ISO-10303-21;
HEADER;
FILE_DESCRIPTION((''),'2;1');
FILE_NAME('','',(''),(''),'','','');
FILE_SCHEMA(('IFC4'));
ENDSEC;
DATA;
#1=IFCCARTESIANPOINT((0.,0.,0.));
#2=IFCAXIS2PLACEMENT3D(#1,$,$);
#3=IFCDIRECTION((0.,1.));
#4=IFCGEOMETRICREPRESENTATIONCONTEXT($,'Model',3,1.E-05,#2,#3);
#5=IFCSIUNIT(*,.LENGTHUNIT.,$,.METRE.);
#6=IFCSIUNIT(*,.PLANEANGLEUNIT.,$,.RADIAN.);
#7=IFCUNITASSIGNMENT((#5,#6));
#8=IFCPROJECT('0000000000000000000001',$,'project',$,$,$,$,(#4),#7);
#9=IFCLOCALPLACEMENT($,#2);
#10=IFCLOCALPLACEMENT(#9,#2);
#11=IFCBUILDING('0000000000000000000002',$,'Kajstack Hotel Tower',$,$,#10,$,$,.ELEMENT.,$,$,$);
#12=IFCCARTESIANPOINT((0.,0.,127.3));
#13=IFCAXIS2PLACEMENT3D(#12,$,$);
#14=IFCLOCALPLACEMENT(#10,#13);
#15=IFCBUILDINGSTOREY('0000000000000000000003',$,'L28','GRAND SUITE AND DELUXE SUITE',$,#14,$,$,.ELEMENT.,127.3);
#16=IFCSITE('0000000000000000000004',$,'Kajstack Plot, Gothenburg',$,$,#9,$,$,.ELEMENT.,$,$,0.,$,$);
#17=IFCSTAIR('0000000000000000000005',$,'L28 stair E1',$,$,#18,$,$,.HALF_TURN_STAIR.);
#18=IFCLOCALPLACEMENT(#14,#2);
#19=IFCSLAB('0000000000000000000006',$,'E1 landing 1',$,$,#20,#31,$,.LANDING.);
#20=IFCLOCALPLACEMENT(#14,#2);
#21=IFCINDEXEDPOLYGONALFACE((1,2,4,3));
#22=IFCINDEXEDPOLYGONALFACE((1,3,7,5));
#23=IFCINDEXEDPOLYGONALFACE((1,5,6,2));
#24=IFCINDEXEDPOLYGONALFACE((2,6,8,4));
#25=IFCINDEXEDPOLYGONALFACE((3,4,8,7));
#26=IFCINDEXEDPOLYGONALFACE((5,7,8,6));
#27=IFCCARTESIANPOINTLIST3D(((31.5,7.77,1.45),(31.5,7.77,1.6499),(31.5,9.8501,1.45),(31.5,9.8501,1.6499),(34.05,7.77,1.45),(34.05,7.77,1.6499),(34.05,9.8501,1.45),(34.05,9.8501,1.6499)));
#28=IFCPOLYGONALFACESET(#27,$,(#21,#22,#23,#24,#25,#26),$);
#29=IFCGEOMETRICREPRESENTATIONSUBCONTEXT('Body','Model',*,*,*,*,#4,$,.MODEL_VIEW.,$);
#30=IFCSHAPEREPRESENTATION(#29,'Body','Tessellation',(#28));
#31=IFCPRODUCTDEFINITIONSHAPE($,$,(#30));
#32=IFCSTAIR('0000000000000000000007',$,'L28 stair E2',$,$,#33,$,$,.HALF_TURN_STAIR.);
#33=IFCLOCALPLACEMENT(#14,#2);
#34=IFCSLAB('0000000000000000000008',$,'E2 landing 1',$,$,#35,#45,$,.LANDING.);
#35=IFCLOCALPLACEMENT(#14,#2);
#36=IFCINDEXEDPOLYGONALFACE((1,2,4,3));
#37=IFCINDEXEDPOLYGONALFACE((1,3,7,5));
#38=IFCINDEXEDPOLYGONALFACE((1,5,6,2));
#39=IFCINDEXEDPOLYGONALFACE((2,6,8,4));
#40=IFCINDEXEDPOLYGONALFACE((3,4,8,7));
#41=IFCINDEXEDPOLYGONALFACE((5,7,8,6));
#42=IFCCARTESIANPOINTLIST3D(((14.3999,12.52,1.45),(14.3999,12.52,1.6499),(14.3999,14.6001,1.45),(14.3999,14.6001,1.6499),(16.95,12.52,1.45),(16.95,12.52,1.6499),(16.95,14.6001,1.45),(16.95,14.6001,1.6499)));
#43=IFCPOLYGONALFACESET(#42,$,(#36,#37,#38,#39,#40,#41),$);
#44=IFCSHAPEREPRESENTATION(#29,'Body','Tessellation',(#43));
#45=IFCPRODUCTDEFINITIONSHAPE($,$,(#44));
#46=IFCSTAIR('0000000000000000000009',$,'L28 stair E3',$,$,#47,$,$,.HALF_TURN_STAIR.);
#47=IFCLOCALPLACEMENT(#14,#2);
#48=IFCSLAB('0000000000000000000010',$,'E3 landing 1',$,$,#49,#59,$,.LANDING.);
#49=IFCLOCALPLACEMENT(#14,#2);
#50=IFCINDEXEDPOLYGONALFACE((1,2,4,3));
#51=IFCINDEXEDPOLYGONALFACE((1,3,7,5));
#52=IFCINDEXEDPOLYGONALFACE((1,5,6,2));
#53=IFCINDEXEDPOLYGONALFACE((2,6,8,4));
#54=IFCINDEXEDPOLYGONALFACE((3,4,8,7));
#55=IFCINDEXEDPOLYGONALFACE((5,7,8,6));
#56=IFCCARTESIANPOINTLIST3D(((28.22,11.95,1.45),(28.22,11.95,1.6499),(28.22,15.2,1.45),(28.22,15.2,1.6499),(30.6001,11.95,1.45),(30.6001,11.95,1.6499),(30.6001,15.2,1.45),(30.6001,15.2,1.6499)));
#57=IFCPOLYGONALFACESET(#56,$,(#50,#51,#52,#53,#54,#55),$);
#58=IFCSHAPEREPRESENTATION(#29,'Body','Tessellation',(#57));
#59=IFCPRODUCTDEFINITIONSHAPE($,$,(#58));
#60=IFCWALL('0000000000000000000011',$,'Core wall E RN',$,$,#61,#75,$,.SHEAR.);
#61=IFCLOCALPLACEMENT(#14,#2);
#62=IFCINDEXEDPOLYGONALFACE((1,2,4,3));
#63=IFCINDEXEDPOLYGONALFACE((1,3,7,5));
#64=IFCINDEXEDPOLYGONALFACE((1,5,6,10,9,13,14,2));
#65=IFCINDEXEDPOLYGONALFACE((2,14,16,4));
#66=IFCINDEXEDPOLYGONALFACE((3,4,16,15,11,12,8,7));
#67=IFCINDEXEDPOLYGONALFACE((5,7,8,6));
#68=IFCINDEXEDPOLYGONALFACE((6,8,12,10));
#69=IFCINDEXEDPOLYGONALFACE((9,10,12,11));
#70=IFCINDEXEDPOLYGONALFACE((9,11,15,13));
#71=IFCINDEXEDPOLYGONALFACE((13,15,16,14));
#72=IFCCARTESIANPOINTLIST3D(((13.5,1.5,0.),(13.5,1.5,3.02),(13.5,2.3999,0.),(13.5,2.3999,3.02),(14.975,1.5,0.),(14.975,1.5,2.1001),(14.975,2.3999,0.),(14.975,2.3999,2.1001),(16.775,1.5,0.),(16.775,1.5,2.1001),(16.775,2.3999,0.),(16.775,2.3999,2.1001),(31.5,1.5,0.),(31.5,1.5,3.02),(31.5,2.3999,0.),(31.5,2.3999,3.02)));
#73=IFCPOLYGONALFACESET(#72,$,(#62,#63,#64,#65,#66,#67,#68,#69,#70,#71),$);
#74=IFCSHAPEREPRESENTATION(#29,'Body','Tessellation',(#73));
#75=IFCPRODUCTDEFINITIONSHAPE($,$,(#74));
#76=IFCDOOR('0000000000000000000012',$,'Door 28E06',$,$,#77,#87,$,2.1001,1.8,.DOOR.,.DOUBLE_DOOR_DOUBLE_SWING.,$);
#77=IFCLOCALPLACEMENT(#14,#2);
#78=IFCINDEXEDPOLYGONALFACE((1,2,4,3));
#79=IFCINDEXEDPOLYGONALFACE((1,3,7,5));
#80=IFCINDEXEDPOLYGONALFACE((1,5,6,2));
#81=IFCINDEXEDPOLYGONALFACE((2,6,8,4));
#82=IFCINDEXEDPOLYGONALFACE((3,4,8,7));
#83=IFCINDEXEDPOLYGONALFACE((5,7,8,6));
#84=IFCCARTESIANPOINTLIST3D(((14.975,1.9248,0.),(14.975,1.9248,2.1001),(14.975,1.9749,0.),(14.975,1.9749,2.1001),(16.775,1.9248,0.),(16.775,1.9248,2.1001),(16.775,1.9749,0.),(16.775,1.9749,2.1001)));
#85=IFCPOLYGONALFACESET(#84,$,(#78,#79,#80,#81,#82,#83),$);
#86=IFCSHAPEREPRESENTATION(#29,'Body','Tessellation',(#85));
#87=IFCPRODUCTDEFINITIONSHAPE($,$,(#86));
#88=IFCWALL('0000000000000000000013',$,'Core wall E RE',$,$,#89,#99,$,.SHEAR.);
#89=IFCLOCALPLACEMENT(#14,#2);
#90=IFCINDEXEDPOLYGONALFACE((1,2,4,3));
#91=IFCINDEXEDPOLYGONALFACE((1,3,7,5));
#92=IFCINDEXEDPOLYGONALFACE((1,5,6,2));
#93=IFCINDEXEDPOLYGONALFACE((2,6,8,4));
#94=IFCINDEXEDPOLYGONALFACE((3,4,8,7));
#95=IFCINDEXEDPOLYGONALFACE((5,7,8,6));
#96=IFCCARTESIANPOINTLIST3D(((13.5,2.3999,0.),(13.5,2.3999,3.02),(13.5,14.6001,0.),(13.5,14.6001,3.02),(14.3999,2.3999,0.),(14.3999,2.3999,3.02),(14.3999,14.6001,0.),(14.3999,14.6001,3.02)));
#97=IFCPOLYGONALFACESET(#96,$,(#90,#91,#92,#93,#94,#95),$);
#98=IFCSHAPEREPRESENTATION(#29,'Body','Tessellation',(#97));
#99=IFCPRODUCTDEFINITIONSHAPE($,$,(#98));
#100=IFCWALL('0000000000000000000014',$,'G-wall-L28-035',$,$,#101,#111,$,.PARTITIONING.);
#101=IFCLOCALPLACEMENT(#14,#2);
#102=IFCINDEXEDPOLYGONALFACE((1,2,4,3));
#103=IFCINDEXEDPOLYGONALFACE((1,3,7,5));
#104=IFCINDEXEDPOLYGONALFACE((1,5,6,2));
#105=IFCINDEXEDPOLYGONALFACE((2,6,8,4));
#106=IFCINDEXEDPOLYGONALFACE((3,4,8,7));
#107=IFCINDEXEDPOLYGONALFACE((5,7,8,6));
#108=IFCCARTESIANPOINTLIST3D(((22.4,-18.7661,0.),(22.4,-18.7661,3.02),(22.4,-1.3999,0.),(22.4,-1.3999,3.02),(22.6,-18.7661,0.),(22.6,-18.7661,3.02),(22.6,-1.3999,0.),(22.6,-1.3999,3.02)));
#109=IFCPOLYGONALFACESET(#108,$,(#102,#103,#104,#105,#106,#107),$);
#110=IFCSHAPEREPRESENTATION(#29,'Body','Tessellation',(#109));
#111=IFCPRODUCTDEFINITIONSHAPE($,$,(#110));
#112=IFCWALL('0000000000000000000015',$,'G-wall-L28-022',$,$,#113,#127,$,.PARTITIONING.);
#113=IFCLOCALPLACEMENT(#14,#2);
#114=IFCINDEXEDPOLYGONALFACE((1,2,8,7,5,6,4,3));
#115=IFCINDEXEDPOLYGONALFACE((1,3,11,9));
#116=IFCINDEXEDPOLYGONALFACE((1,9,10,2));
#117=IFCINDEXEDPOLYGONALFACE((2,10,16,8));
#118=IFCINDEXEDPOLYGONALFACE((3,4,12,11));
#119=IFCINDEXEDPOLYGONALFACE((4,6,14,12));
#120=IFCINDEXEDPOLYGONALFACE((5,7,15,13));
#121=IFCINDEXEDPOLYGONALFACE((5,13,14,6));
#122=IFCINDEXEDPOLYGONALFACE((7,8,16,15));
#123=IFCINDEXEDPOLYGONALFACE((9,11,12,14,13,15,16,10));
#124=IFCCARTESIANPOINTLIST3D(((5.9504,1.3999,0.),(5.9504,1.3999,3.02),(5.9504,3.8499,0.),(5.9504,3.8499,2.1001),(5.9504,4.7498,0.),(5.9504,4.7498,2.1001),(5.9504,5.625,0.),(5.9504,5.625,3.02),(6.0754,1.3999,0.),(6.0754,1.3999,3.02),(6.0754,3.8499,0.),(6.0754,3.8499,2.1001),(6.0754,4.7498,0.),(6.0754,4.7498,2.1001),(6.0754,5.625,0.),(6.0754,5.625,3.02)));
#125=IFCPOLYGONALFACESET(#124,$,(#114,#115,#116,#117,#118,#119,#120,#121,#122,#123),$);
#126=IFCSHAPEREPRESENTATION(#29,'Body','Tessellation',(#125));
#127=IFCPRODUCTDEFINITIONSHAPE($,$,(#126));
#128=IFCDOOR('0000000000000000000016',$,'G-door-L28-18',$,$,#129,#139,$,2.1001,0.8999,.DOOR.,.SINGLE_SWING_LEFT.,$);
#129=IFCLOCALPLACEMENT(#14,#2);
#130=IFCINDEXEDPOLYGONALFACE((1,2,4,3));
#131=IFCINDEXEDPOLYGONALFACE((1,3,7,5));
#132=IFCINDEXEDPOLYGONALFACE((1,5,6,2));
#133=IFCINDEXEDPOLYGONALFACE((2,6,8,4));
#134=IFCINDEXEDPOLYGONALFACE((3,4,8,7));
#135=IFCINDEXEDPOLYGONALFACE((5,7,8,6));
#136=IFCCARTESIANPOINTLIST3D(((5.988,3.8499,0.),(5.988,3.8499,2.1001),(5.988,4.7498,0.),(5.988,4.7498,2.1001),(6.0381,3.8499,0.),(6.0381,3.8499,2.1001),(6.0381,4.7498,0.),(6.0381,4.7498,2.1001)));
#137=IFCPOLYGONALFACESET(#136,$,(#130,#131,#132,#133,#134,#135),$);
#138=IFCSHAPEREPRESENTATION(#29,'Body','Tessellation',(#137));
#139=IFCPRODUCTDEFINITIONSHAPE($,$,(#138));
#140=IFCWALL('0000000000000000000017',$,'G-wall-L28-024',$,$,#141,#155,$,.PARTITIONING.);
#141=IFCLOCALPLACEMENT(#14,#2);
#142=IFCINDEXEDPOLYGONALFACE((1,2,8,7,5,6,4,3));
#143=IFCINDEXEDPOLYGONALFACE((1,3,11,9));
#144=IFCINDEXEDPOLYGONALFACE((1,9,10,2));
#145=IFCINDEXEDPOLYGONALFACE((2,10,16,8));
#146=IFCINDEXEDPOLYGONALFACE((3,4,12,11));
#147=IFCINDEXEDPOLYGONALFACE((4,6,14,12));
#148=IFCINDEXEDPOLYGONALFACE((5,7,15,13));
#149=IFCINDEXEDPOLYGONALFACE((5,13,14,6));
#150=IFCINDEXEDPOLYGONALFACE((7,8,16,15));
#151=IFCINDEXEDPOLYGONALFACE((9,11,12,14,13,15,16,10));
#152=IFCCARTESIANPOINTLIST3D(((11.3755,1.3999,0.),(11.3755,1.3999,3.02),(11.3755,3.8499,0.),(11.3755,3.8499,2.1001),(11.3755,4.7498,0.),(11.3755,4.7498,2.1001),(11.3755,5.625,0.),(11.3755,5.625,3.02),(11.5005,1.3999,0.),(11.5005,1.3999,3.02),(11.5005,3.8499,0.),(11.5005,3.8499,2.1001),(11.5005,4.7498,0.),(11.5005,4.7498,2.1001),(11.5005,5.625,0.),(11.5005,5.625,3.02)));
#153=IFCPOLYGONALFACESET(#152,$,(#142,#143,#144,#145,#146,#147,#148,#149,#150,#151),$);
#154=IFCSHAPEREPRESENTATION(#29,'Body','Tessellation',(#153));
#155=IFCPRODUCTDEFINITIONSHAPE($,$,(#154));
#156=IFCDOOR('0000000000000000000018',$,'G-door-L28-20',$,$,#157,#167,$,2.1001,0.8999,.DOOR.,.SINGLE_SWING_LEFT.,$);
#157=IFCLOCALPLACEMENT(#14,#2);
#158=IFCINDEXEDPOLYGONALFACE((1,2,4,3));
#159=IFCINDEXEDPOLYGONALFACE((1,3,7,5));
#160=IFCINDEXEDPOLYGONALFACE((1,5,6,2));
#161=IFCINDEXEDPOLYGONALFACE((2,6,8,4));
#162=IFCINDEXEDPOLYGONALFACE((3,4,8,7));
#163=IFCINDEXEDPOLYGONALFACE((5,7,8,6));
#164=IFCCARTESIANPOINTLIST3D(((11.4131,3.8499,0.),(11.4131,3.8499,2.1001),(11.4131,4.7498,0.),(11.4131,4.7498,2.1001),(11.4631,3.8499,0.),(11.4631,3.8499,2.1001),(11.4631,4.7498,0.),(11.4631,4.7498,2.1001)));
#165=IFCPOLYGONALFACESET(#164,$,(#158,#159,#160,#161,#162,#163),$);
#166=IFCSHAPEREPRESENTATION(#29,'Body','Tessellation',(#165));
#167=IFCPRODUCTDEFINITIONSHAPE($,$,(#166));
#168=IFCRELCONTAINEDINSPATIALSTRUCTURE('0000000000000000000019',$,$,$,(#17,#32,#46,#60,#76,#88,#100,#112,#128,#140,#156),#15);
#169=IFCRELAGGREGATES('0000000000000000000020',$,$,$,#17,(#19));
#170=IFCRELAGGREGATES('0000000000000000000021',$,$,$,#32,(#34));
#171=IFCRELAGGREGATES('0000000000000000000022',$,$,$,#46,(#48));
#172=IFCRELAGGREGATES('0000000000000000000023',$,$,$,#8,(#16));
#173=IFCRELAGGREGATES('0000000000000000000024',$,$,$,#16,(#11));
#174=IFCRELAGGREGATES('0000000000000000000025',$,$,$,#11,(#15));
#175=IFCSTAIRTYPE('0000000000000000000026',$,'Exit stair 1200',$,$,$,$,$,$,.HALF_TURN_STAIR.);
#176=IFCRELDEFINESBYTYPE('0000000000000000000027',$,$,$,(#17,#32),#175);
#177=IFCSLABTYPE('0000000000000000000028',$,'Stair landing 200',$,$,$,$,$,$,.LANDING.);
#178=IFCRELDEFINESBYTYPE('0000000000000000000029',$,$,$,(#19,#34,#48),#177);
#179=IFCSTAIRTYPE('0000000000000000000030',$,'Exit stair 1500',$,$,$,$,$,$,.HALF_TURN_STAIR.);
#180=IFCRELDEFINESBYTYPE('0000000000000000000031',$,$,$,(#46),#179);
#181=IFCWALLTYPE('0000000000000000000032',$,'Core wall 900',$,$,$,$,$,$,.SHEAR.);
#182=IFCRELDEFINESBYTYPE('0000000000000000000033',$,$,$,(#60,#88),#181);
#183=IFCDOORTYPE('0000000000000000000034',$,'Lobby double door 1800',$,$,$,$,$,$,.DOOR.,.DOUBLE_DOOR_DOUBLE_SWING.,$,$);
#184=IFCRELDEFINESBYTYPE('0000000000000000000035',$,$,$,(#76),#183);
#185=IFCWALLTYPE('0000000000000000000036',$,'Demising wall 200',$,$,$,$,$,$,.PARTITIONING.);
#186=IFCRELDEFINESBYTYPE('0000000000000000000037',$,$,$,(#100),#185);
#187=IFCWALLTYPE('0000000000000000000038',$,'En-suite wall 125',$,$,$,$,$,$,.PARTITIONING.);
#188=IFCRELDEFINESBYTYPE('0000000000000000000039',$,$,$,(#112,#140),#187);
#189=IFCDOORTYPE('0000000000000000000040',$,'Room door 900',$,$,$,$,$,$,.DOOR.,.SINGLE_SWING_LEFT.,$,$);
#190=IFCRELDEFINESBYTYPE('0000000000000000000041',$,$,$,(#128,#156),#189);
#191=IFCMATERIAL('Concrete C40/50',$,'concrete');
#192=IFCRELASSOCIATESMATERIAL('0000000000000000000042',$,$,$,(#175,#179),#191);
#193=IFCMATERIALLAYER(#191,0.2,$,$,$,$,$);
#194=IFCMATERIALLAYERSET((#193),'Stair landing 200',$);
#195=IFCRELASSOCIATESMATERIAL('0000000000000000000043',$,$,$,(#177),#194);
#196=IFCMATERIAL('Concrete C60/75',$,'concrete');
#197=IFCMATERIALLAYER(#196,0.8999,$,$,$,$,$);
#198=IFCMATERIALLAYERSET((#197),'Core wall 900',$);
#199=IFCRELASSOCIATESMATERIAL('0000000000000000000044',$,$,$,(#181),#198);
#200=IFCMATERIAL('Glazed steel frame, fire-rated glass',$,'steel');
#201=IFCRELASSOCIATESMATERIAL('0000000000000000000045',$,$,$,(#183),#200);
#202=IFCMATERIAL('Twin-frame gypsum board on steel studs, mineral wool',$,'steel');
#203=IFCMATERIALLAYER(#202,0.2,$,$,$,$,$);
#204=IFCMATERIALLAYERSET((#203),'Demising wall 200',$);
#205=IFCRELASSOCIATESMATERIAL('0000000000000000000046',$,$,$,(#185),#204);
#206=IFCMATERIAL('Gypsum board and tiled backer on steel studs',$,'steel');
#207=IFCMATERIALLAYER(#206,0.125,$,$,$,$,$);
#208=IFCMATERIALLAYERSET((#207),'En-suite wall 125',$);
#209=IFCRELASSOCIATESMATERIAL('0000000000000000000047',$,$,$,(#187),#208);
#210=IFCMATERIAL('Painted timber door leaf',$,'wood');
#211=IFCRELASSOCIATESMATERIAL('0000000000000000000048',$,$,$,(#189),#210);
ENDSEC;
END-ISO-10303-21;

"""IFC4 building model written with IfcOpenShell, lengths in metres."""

from ifc_helpers import new_model, si_unit, direction, frame, frame_2d, origin, place, context, subcontext, project, spatial, polyline, rectangle, outline, extrude, material, layer, layer_set, type_object, element, fill, aggregate, save


model = new_model("IFC4")

# Units and contexts
model_context = context("Model", 3, precision=1e-05, world=origin(), true_north=direction((0.0, 1.0)))
body_context = subcontext(model_context, "Body", "Model", "MODEL_VIEW")
ifc_project = project(units=[si_unit("LENGTHUNIT", "METRE"), si_unit("PLANEANGLEUNIT", "RADIAN")], contexts=[model_context])

# Site, building, storey
site_placement = place(None, origin())
site = spatial("IfcSite", under=ifc_project, at=site_placement, Name="Kajstack Plot, Gothenburg", CompositionType="ELEMENT", RefElevation=0.0)
building_placement = place(site_placement, origin())
building = spatial("IfcBuilding", under=site, at=building_placement, Name="Kajstack Hotel Tower", CompositionType="ELEMENT")
storey_placement = place(building_placement, frame((0.0, 0.0, 127.3)))
storey = spatial("IfcBuildingStorey", under=building, at=storey_placement, Name="L28", Description="GRAND SUITE AND DELUXE SUITE", CompositionType="ELEMENT", Elevation=127.3)

# Stairs, slabs
ifc_material_1 = material(Name="Concrete C40/50", Category="concrete")
stair_type_1 = type_object("IfcStairType", Name="Exit stair 1200", PredefinedType="HALF_TURN_STAIR", material=ifc_material_1)
stair_1_placement = place(storey_placement, origin())
stair_1 = element("IfcStair", 1, at=stair_1_placement, inside=storey, type_object=stair_type_1, Name="L28 stair E1", PredefinedType="HALF_TURN_STAIR")
ifc_layer_1 = layer(ifc_material_1, 0.2)
ifc_layer_set_1 = layer_set([ifc_layer_1], Name="Stair landing 200")
slab_type = type_object("IfcSlabType", Name="Stair landing 200", PredefinedType="LANDING", material=ifc_layer_set_1)
slab_1_placement = place(storey_placement, frame((0.0, 0.0, 1.45)))
slab_1 = element("IfcSlab", 2, at=slab_1_placement, type_object=slab_type, Name="E1 landing 1", PredefinedType="LANDING", context=body_context, shape_type="SweptSolid", body=[
    extrude(outline(polyline([(34.05, 7.77), (34.05, 9.8501), (31.5, 9.8501), (31.5, 7.77), (34.05, 7.77)])), origin(), (0.0, 0.0, 1.0), 0.2),
])
aggregate(stair_1, [slab_1])
stair_2_placement = place(storey_placement, origin())
stair_2 = element("IfcStair", 3, at=stair_2_placement, inside=storey, type_object=stair_type_1, Name="L28 stair E2", PredefinedType="HALF_TURN_STAIR")
slab_2_placement = place(storey_placement, frame((0.0, 0.0, 1.45)))
slab_2 = element("IfcSlab", 4, at=slab_2_placement, type_object=slab_type, Name="E2 landing 1", PredefinedType="LANDING", context=body_context, shape_type="SweptSolid", body=[
    extrude(outline(polyline([(16.95, 12.52), (16.95, 14.6001), (14.3999, 14.6001), (14.3999, 12.52), (16.95, 12.52)])), origin(), (0.0, 0.0, 1.0), 0.2),
])
aggregate(stair_2, [slab_2])
stair_type_2 = type_object("IfcStairType", Name="Exit stair 1500", PredefinedType="HALF_TURN_STAIR", material=ifc_material_1)
stair_3_placement = place(storey_placement, origin())
stair_3 = element("IfcStair", 5, at=stair_3_placement, inside=storey, type_object=stair_type_2, Name="L28 stair E3", PredefinedType="HALF_TURN_STAIR")
slab_3_placement = place(storey_placement, frame((0.0, 0.0, 1.45)))
slab_3 = element("IfcSlab", 6, at=slab_3_placement, type_object=slab_type, Name="E3 landing 1", PredefinedType="LANDING", context=body_context, shape_type="SweptSolid", body=[
    extrude(outline(polyline([(28.22, 11.95), (30.6001, 11.95), (30.6001, 15.2), (28.22, 15.2), (28.22, 11.95)])), origin(), (0.0, 0.0, 1.0), 0.2),
])
aggregate(stair_3, [slab_3])

# Wall, opening, door
ifc_material_2 = material(Name="Concrete C60/75", Category="concrete")
ifc_layer_2 = layer(ifc_material_2, 0.8999)
ifc_layer_set_2 = layer_set([ifc_layer_2], Name="Core wall 900")
wall_type_1 = type_object("IfcWallType", Name="Core wall 900", PredefinedType="SHEAR", material=ifc_layer_set_2)
wall_1_placement = place(storey_placement, frame((13.5, 1.95, 0.0), z_axis=(0.0, 0.0, 1.0), x_axis=(1.0, 0.0, 0.0)))
wall_1 = element("IfcWall", 7, at=wall_1_placement, inside=storey, type_object=wall_type_1, Name="Core wall E RN", PredefinedType="SHEAR", context=body_context, shape_type="SweptSolid", body=[
    extrude(rectangle(XDim=18.0, YDim=0.8999, at=frame_2d((9.0, 0.0))), origin(), (0.0, 0.0, 1.0), 3.02),
])
opening_1_placement = place(wall_1_placement, frame((1.4751, 0.0, 0.0)))
opening_1 = element("IfcOpeningElement", 8, at=opening_1_placement, cuts=wall_1, PredefinedType="OPENING", context=body_context, shape_type="SweptSolid", body=[
    extrude(rectangle(XDim=1.8, YDim=2.1001, at=frame_2d((0.8999, 1.05))), frame((0.0, 0.46, 0.0), z_axis=(0.0, -1.0, 0.0), x_axis=(1.0, 0.0, 0.0)), (0.0, 0.0, 1.0), 0.9199),
])
ifc_material_3 = material(Name="Glazed steel frame, fire-rated glass", Category="steel")
door_type_1 = type_object("IfcDoorType", Name="Lobby double door 1800", OperationType="DOUBLE_DOOR_DOUBLE_SWING", PredefinedType="DOOR", material=ifc_material_3)
door_1_placement = place(opening_1_placement, origin())
door_1 = element("IfcDoor", 9, at=door_1_placement, inside=storey, type_object=door_type_1, Name="Door 28E06", OperationType="DOUBLE_DOOR_DOUBLE_SWING", OverallHeight=2.1001, OverallWidth=1.8, PredefinedType="DOOR", context=body_context, shape_type="SweptSolid", body=[
    extrude(rectangle(XDim=1.8, YDim=2.1001, at=frame_2d((0.8999, 1.05))), frame((0.0, 0.0249, 0.0), z_axis=(0.0, -1.0, 0.0), x_axis=(1.0, 0.0, 0.0)), (0.0, 0.0, 1.0), 0.05),
])
fill(opening_1, door_1)

# Walls
wall_2_placement = place(storey_placement, frame((13.95, 2.3999, 0.0), z_axis=(0.0, 0.0, 1.0), x_axis=(0.0, 1.0, 0.0)))
element("IfcWall", 10, at=wall_2_placement, inside=storey, type_object=wall_type_1, Name="Core wall E RE", PredefinedType="SHEAR", context=body_context, shape_type="SweptSolid", body=[
    extrude(rectangle(XDim=12.2002, YDim=0.8999, at=frame_2d((6.1001, 0.0))), origin(), (0.0, 0.0, 1.0), 3.02),
])
ifc_material_4 = material(Name="Twin-frame gypsum board on steel studs, mineral wool", Category="steel")
ifc_layer_3 = layer(ifc_material_4, 0.2)
ifc_layer_set_3 = layer_set([ifc_layer_3], Name="Demising wall 200")
wall_type_2 = type_object("IfcWallType", Name="Demising wall 200", PredefinedType="PARTITIONING", material=ifc_layer_set_3)
wall_3_placement = place(storey_placement, frame((22.5, -18.7661, 0.0), z_axis=(0.0, 0.0, 1.0), x_axis=(0.0, 1.0, 0.0)))
element("IfcWall", 11, at=wall_3_placement, inside=storey, type_object=wall_type_2, Name="G-wall-L28-035", PredefinedType="PARTITIONING", context=body_context, shape_type="SweptSolid", body=[
    extrude(rectangle(XDim=17.3662, YDim=0.2, at=frame_2d((8.6831, 0.0))), origin(), (0.0, 0.0, 1.0), 3.02),
])

# Walls, openings, doors
ifc_material_5 = material(Name="Gypsum board and tiled backer on steel studs", Category="steel")
ifc_layer_4 = layer(ifc_material_5, 0.125)
ifc_layer_set_4 = layer_set([ifc_layer_4], Name="En-suite wall 125")
wall_type_3 = type_object("IfcWallType", Name="En-suite wall 125", PredefinedType="PARTITIONING", material=ifc_layer_set_4)
wall_4_placement = place(storey_placement, frame((6.0129, 1.3999, 0.0), z_axis=(0.0, 0.0, 1.0), x_axis=(0.0, 1.0, 0.0)))
wall_4 = element("IfcWall", 12, at=wall_4_placement, inside=storey, type_object=wall_type_3, Name="G-wall-L28-022", PredefinedType="PARTITIONING", context=body_context, shape_type="SweptSolid", body=[
    extrude(rectangle(XDim=4.2251, YDim=0.125, at=frame_2d((2.1125, 0.0))), origin(), (0.0, 0.0, 1.0), 3.02),
])
opening_2_placement = place(wall_4_placement, frame((2.45, 0.0, 0.0)))
opening_2 = element("IfcOpeningElement", 13, at=opening_2_placement, cuts=wall_4, PredefinedType="OPENING", context=body_context, shape_type="SweptSolid", body=[
    extrude(rectangle(XDim=0.8999, YDim=2.1001, at=frame_2d((0.45, 1.05))), frame((0.0, 0.0725, 0.0), z_axis=(0.0, -1.0, 0.0), x_axis=(1.0, 0.0, 0.0)), (0.0, 0.0, 1.0), 0.145),
])
ifc_material_6 = material(Name="Painted timber door leaf", Category="wood")
door_type_2 = type_object("IfcDoorType", Name="Room door 900", OperationType="SINGLE_SWING_LEFT", PredefinedType="DOOR", material=ifc_material_6)
door_2_placement = place(opening_2_placement, origin())
door_2 = element("IfcDoor", 14, at=door_2_placement, inside=storey, type_object=door_type_2, Name="G-door-L28-18", OperationType="SINGLE_SWING_LEFT", OverallHeight=2.1001, OverallWidth=0.8999, PredefinedType="DOOR", context=body_context, shape_type="SweptSolid", body=[
    extrude(rectangle(XDim=0.8999, YDim=2.1001, at=frame_2d((0.45, 1.05))), frame((0.0, 0.0249, 0.0), z_axis=(0.0, -1.0, 0.0), x_axis=(1.0, 0.0, 0.0)), (0.0, 0.0, 1.0), 0.05),
])
fill(opening_2, door_2)
wall_5_placement = place(storey_placement, frame((11.438, 1.3999, 0.0), z_axis=(0.0, 0.0, 1.0), x_axis=(0.0, 1.0, 0.0)))
wall_5 = element("IfcWall", 15, at=wall_5_placement, inside=storey, type_object=wall_type_3, Name="G-wall-L28-024", PredefinedType="PARTITIONING", context=body_context, shape_type="SweptSolid", body=[
    extrude(rectangle(XDim=4.2251, YDim=0.125, at=frame_2d((2.1125, 0.0))), origin(), (0.0, 0.0, 1.0), 3.02),
])
opening_3_placement = place(wall_5_placement, frame((2.45, 0.0, 0.0)))
opening_3 = element("IfcOpeningElement", 16, at=opening_3_placement, cuts=wall_5, PredefinedType="OPENING", context=body_context, shape_type="SweptSolid", body=[
    extrude(rectangle(XDim=0.8999, YDim=2.1001, at=frame_2d((0.45, 1.05))), frame((0.0, 0.0725, 0.0), z_axis=(0.0, -1.0, 0.0), x_axis=(1.0, 0.0, 0.0)), (0.0, 0.0, 1.0), 0.145),
])
door_3_placement = place(opening_3_placement, origin())
door_3 = element("IfcDoor", 17, at=door_3_placement, inside=storey, type_object=door_type_2, Name="G-door-L28-20", OperationType="SINGLE_SWING_LEFT", OverallHeight=2.1001, OverallWidth=0.8999, PredefinedType="DOOR", context=body_context, shape_type="SweptSolid", body=[
    extrude(rectangle(XDim=0.8999, YDim=2.1001, at=frame_2d((0.45, 1.05))), frame((0.0, 0.0249, 0.0), z_axis=(0.0, -1.0, 0.0), x_axis=(1.0, 0.0, 0.0)), (0.0, 0.0, 1.0), 0.05),
])
fill(opening_3, door_3)

save(model, "model.ifc")
